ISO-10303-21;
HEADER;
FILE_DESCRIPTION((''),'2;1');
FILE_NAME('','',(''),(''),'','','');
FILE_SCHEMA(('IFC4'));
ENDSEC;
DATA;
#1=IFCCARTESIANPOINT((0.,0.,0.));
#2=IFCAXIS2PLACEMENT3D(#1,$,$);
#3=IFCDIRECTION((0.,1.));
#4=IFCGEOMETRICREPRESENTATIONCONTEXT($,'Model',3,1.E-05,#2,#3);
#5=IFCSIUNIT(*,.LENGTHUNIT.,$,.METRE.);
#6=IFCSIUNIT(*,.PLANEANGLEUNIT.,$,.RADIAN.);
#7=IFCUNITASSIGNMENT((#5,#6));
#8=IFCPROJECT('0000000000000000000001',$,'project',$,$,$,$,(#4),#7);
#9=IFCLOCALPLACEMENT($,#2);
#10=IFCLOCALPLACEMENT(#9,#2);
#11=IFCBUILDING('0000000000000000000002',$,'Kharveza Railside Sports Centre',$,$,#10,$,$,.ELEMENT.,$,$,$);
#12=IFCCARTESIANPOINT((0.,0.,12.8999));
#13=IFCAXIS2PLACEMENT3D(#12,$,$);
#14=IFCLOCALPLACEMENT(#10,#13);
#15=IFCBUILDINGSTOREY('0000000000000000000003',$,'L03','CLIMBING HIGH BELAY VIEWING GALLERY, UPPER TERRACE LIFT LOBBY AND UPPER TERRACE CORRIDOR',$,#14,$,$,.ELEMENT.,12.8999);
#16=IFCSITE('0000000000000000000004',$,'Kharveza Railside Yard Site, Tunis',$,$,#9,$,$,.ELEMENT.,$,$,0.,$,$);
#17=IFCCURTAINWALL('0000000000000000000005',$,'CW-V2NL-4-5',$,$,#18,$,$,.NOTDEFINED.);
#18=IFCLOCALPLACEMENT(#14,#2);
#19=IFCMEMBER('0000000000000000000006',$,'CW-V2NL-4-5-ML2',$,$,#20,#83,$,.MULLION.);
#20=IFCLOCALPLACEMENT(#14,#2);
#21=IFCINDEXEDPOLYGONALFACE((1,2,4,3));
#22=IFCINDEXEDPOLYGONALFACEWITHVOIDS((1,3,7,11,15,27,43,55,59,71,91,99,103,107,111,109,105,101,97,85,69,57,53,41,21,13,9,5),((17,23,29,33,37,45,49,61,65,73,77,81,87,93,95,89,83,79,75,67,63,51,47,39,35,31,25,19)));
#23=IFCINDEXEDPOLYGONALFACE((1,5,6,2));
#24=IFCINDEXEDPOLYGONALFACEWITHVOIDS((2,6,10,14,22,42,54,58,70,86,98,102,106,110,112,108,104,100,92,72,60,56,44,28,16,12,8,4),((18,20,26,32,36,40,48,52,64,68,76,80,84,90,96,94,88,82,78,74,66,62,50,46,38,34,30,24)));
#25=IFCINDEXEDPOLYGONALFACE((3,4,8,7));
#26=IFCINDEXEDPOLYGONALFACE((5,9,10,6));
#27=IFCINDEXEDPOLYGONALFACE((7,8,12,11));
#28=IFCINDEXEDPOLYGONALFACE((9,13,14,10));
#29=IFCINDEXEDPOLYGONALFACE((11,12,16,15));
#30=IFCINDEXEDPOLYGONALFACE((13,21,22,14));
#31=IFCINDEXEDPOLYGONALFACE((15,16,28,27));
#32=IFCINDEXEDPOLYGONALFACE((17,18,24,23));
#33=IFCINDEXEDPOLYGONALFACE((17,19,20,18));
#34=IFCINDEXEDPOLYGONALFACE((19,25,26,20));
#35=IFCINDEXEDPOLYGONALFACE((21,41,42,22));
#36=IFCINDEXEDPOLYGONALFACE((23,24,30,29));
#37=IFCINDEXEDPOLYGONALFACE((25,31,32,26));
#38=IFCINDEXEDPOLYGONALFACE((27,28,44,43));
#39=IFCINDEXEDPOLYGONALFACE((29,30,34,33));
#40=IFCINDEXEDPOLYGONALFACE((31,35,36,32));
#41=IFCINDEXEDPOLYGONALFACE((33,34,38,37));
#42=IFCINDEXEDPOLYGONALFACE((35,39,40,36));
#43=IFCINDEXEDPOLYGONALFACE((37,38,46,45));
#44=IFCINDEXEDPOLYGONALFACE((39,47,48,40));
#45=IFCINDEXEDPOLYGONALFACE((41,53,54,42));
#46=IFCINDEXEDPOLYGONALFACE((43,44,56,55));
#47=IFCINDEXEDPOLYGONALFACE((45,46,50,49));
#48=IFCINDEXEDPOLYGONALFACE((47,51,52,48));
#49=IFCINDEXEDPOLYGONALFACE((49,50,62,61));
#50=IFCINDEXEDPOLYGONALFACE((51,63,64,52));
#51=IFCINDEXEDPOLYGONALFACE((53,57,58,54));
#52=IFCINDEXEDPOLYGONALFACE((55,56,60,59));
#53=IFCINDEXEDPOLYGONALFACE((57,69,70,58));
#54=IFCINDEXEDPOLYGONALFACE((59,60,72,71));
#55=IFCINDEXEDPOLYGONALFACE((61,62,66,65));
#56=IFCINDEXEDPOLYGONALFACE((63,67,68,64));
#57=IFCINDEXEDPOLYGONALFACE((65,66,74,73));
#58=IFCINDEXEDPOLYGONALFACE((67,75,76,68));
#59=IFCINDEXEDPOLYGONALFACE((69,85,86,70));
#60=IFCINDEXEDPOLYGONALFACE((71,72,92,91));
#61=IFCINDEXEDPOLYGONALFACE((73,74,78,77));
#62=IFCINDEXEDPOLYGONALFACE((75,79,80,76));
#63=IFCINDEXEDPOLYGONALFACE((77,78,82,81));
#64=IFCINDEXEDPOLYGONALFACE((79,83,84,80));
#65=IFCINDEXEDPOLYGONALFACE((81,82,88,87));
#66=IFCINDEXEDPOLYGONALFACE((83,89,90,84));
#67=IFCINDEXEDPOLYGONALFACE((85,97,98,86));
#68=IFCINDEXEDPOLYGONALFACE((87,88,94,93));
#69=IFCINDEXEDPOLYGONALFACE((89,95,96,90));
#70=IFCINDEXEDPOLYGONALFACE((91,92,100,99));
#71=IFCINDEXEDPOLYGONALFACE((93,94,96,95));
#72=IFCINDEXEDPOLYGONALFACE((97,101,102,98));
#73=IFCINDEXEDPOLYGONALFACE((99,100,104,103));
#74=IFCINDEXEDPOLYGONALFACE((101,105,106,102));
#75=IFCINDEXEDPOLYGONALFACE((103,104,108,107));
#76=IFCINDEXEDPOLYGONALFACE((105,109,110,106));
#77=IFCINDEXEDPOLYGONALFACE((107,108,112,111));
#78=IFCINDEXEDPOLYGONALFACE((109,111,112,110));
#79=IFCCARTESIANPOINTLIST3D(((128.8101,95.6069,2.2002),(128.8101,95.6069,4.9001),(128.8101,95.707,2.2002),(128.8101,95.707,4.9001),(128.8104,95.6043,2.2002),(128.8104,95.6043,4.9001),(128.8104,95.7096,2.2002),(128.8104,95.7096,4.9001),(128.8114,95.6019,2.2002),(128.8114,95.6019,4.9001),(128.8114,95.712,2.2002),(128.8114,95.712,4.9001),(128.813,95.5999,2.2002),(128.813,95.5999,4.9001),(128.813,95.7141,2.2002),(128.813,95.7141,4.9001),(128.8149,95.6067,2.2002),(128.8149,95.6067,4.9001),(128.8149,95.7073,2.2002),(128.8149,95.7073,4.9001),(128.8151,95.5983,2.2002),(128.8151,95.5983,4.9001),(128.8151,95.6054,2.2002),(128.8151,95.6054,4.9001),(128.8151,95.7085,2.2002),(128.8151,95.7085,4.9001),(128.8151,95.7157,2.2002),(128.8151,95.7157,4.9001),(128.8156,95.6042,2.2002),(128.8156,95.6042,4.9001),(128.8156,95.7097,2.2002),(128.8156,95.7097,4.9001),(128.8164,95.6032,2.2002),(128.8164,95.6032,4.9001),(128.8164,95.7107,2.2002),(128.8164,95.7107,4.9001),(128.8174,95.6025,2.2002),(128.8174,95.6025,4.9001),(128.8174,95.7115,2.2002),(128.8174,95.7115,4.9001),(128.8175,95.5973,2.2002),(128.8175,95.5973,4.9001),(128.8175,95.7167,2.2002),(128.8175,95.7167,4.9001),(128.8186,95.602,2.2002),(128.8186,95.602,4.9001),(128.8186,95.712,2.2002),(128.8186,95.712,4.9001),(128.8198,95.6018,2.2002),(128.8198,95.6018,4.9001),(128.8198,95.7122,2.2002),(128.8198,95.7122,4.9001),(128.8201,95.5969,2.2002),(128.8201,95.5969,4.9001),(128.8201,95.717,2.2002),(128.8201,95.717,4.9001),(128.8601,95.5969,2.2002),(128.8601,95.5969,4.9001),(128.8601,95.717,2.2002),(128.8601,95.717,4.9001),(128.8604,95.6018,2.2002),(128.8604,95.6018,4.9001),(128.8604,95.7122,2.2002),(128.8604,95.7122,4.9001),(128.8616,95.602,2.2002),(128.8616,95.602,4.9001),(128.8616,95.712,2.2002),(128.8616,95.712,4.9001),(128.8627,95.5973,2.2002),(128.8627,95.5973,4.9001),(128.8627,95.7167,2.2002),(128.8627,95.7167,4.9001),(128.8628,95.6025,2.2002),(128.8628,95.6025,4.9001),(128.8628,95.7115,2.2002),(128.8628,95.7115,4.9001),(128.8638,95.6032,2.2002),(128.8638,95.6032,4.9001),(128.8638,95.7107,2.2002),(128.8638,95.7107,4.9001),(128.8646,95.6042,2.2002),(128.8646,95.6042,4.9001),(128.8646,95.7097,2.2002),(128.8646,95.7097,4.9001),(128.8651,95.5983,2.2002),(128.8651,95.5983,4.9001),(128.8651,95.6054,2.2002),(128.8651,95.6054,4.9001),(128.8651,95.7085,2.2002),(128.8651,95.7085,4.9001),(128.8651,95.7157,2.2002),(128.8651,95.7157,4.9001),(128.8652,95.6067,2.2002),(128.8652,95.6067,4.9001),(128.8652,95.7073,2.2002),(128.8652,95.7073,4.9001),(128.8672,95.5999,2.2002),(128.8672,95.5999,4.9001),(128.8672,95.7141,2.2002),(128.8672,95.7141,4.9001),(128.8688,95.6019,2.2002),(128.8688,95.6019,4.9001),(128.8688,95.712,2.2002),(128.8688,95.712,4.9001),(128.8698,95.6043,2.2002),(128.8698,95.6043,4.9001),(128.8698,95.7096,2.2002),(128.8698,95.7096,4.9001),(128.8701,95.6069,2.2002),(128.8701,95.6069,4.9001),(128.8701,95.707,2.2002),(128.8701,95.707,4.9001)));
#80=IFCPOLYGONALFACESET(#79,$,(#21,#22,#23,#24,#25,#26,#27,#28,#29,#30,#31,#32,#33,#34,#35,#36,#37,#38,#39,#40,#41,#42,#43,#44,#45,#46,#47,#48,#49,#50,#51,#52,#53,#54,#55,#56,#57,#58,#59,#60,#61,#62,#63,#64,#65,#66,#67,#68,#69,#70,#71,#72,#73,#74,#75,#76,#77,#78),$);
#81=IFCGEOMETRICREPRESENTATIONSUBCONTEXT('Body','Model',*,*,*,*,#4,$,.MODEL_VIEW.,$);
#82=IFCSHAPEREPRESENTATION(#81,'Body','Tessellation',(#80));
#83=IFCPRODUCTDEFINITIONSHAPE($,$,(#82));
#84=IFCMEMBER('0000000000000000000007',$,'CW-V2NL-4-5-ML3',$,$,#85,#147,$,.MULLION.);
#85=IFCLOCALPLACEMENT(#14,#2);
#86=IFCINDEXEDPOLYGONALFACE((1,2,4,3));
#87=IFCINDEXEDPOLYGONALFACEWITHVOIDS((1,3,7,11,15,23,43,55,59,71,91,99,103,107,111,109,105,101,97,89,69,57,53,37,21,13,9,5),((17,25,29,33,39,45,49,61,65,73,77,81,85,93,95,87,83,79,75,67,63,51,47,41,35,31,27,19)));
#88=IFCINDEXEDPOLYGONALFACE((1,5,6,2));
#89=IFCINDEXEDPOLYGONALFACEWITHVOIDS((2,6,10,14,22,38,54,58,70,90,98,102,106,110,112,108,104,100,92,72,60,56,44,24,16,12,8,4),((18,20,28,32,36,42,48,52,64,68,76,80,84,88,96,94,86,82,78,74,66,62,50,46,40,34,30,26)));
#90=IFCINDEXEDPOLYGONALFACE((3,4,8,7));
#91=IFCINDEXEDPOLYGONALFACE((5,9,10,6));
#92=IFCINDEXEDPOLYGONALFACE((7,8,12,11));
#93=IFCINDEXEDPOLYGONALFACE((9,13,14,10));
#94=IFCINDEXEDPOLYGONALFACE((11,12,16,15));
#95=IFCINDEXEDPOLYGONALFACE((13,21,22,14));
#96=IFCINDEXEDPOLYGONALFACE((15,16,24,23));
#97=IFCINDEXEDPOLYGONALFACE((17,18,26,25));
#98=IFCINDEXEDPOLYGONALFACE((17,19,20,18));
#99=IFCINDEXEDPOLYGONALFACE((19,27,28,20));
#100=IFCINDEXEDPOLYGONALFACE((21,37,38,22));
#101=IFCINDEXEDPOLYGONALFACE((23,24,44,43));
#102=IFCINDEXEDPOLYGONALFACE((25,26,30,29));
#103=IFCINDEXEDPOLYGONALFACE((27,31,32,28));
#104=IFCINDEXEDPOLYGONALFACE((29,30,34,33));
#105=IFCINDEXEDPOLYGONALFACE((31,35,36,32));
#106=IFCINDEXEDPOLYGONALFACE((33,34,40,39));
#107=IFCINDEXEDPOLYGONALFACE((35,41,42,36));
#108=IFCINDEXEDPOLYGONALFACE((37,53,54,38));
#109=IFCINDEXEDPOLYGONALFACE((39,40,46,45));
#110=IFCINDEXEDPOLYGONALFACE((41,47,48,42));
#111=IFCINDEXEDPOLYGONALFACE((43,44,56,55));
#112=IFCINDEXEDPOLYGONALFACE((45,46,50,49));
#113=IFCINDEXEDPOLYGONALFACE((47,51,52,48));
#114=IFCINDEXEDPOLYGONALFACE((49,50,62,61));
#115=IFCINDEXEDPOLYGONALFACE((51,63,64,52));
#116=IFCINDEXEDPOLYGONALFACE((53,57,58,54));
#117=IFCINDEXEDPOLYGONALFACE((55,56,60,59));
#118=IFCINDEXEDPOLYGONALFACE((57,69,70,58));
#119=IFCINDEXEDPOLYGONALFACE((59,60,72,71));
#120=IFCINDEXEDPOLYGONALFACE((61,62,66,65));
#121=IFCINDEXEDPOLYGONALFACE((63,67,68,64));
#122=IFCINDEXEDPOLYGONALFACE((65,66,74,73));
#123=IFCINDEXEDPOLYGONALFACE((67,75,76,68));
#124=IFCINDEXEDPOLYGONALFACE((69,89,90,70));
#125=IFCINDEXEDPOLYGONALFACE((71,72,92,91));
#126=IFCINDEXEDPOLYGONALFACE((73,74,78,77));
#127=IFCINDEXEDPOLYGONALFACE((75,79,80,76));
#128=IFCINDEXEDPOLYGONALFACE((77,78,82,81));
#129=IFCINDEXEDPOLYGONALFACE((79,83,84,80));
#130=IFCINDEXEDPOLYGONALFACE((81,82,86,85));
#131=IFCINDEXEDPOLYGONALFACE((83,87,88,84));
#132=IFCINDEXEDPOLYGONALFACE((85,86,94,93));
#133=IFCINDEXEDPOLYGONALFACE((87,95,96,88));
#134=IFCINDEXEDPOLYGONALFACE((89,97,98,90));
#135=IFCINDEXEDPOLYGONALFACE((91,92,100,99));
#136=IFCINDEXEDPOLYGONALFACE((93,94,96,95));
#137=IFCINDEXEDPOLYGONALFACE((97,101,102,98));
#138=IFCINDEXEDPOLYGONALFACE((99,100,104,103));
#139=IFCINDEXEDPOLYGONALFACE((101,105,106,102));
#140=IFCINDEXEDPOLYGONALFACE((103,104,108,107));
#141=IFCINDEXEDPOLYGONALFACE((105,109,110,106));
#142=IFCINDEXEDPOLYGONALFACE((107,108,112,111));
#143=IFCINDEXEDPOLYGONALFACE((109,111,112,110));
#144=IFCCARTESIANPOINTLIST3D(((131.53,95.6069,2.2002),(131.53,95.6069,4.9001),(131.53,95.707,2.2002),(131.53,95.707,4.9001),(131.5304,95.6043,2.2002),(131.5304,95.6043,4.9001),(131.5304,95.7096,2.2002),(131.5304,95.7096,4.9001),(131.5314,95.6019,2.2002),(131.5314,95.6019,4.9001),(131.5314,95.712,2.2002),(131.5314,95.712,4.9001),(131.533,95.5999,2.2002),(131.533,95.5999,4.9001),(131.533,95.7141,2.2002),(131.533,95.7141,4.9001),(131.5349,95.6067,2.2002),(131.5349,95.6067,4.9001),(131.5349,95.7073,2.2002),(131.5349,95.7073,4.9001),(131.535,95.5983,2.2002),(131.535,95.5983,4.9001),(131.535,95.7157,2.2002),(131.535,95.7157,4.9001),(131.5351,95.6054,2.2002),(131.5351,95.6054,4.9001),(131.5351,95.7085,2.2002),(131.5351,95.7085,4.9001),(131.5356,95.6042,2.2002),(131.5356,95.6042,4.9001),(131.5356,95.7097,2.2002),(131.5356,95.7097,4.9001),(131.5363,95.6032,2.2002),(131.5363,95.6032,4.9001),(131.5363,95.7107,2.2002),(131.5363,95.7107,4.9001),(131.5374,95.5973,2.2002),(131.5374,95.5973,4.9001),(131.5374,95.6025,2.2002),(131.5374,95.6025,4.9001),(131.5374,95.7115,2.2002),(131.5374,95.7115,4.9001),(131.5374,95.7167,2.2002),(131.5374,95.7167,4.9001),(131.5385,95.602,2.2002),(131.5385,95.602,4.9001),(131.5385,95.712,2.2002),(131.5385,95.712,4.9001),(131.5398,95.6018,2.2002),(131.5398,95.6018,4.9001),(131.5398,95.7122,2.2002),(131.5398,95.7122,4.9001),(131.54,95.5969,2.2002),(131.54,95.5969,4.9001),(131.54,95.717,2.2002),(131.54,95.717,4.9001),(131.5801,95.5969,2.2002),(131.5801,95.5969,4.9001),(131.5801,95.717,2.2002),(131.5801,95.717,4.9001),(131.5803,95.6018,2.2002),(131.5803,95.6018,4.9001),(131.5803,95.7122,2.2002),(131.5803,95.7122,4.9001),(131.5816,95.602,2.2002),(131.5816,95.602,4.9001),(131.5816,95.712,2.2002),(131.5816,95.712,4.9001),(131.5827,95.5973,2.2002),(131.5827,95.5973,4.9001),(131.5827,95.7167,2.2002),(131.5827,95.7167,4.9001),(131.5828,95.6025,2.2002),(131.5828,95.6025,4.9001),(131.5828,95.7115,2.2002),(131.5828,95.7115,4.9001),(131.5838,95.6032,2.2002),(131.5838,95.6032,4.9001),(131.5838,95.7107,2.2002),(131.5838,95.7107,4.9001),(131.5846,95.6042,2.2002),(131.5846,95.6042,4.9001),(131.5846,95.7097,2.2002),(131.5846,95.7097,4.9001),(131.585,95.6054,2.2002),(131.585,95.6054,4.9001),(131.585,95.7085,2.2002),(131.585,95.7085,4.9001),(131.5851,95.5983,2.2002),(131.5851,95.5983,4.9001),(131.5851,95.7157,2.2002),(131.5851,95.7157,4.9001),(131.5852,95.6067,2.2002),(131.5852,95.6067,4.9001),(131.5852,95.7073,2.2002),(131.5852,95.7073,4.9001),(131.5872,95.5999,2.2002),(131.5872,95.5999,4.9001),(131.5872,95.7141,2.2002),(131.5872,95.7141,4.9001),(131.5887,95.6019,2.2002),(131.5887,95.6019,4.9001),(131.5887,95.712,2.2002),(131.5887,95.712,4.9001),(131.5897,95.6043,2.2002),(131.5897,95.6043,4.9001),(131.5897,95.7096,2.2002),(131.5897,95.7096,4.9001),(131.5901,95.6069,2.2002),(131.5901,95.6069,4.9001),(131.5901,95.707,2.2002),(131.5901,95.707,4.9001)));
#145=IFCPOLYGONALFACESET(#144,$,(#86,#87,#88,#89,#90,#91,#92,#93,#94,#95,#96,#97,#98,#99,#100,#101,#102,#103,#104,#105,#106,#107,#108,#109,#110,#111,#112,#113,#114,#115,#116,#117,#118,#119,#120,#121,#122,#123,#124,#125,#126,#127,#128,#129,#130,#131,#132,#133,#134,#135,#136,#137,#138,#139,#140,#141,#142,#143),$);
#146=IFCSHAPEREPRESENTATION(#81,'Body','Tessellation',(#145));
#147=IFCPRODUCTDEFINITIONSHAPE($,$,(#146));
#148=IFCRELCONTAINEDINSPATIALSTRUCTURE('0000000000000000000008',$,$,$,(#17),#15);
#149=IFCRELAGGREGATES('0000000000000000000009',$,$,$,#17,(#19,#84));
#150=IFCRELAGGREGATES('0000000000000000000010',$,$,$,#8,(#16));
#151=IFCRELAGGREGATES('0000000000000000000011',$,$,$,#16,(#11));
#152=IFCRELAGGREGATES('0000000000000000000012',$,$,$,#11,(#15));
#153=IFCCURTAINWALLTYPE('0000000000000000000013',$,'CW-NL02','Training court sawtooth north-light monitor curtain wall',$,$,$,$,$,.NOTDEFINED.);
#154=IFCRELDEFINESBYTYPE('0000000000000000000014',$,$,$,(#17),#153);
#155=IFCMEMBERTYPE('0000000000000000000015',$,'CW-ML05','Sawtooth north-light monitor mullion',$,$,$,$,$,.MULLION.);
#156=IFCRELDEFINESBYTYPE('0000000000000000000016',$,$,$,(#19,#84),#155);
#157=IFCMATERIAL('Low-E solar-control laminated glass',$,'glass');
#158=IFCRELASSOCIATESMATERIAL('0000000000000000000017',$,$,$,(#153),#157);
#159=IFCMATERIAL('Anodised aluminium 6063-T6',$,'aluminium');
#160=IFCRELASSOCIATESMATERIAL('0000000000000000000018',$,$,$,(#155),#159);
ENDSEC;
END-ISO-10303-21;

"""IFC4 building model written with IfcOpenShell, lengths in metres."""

from ifc_helpers import new_model, si_unit, direction, frame, origin, origin_2d, place, context, subcontext, project, spatial, hollow_rectangle, extrude, material, material_profile, profile_set, type_object, element, aggregate, save


model = new_model("IFC4")

# Units and contexts
model_context = context("Model", 3, precision=1e-05, world=origin(), true_north=direction((0.0, 1.0)))
body_context = subcontext(model_context, "Body", "Model", "MODEL_VIEW")
ifc_project = project(units=[si_unit("LENGTHUNIT", "METRE"), si_unit("PLANEANGLEUNIT", "RADIAN")], contexts=[model_context])

# Site, building, storey
site_placement = place(None, origin())
site = spatial("IfcSite", under=ifc_project, at=site_placement, Name="Kharveza Railside Yard Site, Tunis", CompositionType="ELEMENT", RefElevation=0.0)
building_placement = place(site_placement, origin())
building = spatial("IfcBuilding", under=site, at=building_placement, Name="Kharveza Railside Sports Centre", CompositionType="ELEMENT")
storey_placement = place(building_placement, frame((0.0, 0.0, 12.8999)))
storey = spatial("IfcBuildingStorey", under=building, at=storey_placement, Name="L03", Description="CLIMBING HIGH BELAY VIEWING GALLERY, UPPER TERRACE LIFT LOBBY AND UPPER TERRACE CORRIDOR", CompositionType="ELEMENT", Elevation=12.8999)

# Curtain wall, members
ifc_material_1 = material(Name="Low-E solar-control laminated glass", Category="glass")
curtain_wall_type = type_object("IfcCurtainWallType", Name="CW-NL02", Description="Training court sawtooth north-light monitor curtain wall", PredefinedType="NOTDEFINED", material=ifc_material_1)
ifc_material_2 = material(Name="Anodised aluminium 6063-T6", Category="aluminium")
ifc_material_profile_1 = material_profile(ifc_material_2, hollow_rectangle(XDim=0.0601, YDim=0.1201, WallThickness=0.0049, InnerFilletRadius=0.0049, OuterFilletRadius=0.01, at=origin_2d()), Name="RHS 60x120x5.0")
ifc_profile_set_1 = profile_set([ifc_material_profile_1], Name="Anodised aluminium 6063-T6")
member_type_1 = type_object("IfcMemberType", Name="CW-ML05", Description="Sawtooth north-light monitor mullion", PredefinedType="MULLION", material=ifc_profile_set_1)
curtain_wall_1_placement = place(storey_placement, origin())
curtain_wall_1 = element("IfcCurtainWall", 1, at=curtain_wall_1_placement, inside=storey, type_object=curtain_wall_type, Name="CW-V2NL-4-5", PredefinedType="NOTDEFINED")
member_1_placement = place(storey_placement, frame((128.8401, 95.657, 2.2002), z_axis=(0.0, 0.0, 1.0), x_axis=(1.0, 0.0, 0.0)))
member_1 = element("IfcMember", 2, at=member_1_placement, type_object=member_type_1, Name="CW-V2NL-4-5-ML2", PredefinedType="MULLION", context=body_context, shape_type="SweptSolid", body=[
    extrude(hollow_rectangle(XDim=0.0601, YDim=0.1201, WallThickness=0.0049, InnerFilletRadius=0.0049, OuterFilletRadius=0.01, at=origin_2d()), origin(), (0.0, 0.0, 1.0), 2.7),
])
member_2_placement = place(storey_placement, frame((131.5601, 95.657, 2.2002), z_axis=(0.0, 0.0, 1.0), x_axis=(1.0, 0.0, 0.0)))
member_2 = element("IfcMember", 3, at=member_2_placement, type_object=member_type_1, Name="CW-V2NL-4-5-ML3", PredefinedType="MULLION", context=body_context, shape_type="SweptSolid", body=[
    extrude(hollow_rectangle(XDim=0.0601, YDim=0.1201, WallThickness=0.0049, InnerFilletRadius=0.0049, OuterFilletRadius=0.01, at=origin_2d()), origin(), (0.0, 0.0, 1.0), 2.7),
])

aggregate(curtain_wall_1, [member_1, member_2])

save(model, "model.ifc")
